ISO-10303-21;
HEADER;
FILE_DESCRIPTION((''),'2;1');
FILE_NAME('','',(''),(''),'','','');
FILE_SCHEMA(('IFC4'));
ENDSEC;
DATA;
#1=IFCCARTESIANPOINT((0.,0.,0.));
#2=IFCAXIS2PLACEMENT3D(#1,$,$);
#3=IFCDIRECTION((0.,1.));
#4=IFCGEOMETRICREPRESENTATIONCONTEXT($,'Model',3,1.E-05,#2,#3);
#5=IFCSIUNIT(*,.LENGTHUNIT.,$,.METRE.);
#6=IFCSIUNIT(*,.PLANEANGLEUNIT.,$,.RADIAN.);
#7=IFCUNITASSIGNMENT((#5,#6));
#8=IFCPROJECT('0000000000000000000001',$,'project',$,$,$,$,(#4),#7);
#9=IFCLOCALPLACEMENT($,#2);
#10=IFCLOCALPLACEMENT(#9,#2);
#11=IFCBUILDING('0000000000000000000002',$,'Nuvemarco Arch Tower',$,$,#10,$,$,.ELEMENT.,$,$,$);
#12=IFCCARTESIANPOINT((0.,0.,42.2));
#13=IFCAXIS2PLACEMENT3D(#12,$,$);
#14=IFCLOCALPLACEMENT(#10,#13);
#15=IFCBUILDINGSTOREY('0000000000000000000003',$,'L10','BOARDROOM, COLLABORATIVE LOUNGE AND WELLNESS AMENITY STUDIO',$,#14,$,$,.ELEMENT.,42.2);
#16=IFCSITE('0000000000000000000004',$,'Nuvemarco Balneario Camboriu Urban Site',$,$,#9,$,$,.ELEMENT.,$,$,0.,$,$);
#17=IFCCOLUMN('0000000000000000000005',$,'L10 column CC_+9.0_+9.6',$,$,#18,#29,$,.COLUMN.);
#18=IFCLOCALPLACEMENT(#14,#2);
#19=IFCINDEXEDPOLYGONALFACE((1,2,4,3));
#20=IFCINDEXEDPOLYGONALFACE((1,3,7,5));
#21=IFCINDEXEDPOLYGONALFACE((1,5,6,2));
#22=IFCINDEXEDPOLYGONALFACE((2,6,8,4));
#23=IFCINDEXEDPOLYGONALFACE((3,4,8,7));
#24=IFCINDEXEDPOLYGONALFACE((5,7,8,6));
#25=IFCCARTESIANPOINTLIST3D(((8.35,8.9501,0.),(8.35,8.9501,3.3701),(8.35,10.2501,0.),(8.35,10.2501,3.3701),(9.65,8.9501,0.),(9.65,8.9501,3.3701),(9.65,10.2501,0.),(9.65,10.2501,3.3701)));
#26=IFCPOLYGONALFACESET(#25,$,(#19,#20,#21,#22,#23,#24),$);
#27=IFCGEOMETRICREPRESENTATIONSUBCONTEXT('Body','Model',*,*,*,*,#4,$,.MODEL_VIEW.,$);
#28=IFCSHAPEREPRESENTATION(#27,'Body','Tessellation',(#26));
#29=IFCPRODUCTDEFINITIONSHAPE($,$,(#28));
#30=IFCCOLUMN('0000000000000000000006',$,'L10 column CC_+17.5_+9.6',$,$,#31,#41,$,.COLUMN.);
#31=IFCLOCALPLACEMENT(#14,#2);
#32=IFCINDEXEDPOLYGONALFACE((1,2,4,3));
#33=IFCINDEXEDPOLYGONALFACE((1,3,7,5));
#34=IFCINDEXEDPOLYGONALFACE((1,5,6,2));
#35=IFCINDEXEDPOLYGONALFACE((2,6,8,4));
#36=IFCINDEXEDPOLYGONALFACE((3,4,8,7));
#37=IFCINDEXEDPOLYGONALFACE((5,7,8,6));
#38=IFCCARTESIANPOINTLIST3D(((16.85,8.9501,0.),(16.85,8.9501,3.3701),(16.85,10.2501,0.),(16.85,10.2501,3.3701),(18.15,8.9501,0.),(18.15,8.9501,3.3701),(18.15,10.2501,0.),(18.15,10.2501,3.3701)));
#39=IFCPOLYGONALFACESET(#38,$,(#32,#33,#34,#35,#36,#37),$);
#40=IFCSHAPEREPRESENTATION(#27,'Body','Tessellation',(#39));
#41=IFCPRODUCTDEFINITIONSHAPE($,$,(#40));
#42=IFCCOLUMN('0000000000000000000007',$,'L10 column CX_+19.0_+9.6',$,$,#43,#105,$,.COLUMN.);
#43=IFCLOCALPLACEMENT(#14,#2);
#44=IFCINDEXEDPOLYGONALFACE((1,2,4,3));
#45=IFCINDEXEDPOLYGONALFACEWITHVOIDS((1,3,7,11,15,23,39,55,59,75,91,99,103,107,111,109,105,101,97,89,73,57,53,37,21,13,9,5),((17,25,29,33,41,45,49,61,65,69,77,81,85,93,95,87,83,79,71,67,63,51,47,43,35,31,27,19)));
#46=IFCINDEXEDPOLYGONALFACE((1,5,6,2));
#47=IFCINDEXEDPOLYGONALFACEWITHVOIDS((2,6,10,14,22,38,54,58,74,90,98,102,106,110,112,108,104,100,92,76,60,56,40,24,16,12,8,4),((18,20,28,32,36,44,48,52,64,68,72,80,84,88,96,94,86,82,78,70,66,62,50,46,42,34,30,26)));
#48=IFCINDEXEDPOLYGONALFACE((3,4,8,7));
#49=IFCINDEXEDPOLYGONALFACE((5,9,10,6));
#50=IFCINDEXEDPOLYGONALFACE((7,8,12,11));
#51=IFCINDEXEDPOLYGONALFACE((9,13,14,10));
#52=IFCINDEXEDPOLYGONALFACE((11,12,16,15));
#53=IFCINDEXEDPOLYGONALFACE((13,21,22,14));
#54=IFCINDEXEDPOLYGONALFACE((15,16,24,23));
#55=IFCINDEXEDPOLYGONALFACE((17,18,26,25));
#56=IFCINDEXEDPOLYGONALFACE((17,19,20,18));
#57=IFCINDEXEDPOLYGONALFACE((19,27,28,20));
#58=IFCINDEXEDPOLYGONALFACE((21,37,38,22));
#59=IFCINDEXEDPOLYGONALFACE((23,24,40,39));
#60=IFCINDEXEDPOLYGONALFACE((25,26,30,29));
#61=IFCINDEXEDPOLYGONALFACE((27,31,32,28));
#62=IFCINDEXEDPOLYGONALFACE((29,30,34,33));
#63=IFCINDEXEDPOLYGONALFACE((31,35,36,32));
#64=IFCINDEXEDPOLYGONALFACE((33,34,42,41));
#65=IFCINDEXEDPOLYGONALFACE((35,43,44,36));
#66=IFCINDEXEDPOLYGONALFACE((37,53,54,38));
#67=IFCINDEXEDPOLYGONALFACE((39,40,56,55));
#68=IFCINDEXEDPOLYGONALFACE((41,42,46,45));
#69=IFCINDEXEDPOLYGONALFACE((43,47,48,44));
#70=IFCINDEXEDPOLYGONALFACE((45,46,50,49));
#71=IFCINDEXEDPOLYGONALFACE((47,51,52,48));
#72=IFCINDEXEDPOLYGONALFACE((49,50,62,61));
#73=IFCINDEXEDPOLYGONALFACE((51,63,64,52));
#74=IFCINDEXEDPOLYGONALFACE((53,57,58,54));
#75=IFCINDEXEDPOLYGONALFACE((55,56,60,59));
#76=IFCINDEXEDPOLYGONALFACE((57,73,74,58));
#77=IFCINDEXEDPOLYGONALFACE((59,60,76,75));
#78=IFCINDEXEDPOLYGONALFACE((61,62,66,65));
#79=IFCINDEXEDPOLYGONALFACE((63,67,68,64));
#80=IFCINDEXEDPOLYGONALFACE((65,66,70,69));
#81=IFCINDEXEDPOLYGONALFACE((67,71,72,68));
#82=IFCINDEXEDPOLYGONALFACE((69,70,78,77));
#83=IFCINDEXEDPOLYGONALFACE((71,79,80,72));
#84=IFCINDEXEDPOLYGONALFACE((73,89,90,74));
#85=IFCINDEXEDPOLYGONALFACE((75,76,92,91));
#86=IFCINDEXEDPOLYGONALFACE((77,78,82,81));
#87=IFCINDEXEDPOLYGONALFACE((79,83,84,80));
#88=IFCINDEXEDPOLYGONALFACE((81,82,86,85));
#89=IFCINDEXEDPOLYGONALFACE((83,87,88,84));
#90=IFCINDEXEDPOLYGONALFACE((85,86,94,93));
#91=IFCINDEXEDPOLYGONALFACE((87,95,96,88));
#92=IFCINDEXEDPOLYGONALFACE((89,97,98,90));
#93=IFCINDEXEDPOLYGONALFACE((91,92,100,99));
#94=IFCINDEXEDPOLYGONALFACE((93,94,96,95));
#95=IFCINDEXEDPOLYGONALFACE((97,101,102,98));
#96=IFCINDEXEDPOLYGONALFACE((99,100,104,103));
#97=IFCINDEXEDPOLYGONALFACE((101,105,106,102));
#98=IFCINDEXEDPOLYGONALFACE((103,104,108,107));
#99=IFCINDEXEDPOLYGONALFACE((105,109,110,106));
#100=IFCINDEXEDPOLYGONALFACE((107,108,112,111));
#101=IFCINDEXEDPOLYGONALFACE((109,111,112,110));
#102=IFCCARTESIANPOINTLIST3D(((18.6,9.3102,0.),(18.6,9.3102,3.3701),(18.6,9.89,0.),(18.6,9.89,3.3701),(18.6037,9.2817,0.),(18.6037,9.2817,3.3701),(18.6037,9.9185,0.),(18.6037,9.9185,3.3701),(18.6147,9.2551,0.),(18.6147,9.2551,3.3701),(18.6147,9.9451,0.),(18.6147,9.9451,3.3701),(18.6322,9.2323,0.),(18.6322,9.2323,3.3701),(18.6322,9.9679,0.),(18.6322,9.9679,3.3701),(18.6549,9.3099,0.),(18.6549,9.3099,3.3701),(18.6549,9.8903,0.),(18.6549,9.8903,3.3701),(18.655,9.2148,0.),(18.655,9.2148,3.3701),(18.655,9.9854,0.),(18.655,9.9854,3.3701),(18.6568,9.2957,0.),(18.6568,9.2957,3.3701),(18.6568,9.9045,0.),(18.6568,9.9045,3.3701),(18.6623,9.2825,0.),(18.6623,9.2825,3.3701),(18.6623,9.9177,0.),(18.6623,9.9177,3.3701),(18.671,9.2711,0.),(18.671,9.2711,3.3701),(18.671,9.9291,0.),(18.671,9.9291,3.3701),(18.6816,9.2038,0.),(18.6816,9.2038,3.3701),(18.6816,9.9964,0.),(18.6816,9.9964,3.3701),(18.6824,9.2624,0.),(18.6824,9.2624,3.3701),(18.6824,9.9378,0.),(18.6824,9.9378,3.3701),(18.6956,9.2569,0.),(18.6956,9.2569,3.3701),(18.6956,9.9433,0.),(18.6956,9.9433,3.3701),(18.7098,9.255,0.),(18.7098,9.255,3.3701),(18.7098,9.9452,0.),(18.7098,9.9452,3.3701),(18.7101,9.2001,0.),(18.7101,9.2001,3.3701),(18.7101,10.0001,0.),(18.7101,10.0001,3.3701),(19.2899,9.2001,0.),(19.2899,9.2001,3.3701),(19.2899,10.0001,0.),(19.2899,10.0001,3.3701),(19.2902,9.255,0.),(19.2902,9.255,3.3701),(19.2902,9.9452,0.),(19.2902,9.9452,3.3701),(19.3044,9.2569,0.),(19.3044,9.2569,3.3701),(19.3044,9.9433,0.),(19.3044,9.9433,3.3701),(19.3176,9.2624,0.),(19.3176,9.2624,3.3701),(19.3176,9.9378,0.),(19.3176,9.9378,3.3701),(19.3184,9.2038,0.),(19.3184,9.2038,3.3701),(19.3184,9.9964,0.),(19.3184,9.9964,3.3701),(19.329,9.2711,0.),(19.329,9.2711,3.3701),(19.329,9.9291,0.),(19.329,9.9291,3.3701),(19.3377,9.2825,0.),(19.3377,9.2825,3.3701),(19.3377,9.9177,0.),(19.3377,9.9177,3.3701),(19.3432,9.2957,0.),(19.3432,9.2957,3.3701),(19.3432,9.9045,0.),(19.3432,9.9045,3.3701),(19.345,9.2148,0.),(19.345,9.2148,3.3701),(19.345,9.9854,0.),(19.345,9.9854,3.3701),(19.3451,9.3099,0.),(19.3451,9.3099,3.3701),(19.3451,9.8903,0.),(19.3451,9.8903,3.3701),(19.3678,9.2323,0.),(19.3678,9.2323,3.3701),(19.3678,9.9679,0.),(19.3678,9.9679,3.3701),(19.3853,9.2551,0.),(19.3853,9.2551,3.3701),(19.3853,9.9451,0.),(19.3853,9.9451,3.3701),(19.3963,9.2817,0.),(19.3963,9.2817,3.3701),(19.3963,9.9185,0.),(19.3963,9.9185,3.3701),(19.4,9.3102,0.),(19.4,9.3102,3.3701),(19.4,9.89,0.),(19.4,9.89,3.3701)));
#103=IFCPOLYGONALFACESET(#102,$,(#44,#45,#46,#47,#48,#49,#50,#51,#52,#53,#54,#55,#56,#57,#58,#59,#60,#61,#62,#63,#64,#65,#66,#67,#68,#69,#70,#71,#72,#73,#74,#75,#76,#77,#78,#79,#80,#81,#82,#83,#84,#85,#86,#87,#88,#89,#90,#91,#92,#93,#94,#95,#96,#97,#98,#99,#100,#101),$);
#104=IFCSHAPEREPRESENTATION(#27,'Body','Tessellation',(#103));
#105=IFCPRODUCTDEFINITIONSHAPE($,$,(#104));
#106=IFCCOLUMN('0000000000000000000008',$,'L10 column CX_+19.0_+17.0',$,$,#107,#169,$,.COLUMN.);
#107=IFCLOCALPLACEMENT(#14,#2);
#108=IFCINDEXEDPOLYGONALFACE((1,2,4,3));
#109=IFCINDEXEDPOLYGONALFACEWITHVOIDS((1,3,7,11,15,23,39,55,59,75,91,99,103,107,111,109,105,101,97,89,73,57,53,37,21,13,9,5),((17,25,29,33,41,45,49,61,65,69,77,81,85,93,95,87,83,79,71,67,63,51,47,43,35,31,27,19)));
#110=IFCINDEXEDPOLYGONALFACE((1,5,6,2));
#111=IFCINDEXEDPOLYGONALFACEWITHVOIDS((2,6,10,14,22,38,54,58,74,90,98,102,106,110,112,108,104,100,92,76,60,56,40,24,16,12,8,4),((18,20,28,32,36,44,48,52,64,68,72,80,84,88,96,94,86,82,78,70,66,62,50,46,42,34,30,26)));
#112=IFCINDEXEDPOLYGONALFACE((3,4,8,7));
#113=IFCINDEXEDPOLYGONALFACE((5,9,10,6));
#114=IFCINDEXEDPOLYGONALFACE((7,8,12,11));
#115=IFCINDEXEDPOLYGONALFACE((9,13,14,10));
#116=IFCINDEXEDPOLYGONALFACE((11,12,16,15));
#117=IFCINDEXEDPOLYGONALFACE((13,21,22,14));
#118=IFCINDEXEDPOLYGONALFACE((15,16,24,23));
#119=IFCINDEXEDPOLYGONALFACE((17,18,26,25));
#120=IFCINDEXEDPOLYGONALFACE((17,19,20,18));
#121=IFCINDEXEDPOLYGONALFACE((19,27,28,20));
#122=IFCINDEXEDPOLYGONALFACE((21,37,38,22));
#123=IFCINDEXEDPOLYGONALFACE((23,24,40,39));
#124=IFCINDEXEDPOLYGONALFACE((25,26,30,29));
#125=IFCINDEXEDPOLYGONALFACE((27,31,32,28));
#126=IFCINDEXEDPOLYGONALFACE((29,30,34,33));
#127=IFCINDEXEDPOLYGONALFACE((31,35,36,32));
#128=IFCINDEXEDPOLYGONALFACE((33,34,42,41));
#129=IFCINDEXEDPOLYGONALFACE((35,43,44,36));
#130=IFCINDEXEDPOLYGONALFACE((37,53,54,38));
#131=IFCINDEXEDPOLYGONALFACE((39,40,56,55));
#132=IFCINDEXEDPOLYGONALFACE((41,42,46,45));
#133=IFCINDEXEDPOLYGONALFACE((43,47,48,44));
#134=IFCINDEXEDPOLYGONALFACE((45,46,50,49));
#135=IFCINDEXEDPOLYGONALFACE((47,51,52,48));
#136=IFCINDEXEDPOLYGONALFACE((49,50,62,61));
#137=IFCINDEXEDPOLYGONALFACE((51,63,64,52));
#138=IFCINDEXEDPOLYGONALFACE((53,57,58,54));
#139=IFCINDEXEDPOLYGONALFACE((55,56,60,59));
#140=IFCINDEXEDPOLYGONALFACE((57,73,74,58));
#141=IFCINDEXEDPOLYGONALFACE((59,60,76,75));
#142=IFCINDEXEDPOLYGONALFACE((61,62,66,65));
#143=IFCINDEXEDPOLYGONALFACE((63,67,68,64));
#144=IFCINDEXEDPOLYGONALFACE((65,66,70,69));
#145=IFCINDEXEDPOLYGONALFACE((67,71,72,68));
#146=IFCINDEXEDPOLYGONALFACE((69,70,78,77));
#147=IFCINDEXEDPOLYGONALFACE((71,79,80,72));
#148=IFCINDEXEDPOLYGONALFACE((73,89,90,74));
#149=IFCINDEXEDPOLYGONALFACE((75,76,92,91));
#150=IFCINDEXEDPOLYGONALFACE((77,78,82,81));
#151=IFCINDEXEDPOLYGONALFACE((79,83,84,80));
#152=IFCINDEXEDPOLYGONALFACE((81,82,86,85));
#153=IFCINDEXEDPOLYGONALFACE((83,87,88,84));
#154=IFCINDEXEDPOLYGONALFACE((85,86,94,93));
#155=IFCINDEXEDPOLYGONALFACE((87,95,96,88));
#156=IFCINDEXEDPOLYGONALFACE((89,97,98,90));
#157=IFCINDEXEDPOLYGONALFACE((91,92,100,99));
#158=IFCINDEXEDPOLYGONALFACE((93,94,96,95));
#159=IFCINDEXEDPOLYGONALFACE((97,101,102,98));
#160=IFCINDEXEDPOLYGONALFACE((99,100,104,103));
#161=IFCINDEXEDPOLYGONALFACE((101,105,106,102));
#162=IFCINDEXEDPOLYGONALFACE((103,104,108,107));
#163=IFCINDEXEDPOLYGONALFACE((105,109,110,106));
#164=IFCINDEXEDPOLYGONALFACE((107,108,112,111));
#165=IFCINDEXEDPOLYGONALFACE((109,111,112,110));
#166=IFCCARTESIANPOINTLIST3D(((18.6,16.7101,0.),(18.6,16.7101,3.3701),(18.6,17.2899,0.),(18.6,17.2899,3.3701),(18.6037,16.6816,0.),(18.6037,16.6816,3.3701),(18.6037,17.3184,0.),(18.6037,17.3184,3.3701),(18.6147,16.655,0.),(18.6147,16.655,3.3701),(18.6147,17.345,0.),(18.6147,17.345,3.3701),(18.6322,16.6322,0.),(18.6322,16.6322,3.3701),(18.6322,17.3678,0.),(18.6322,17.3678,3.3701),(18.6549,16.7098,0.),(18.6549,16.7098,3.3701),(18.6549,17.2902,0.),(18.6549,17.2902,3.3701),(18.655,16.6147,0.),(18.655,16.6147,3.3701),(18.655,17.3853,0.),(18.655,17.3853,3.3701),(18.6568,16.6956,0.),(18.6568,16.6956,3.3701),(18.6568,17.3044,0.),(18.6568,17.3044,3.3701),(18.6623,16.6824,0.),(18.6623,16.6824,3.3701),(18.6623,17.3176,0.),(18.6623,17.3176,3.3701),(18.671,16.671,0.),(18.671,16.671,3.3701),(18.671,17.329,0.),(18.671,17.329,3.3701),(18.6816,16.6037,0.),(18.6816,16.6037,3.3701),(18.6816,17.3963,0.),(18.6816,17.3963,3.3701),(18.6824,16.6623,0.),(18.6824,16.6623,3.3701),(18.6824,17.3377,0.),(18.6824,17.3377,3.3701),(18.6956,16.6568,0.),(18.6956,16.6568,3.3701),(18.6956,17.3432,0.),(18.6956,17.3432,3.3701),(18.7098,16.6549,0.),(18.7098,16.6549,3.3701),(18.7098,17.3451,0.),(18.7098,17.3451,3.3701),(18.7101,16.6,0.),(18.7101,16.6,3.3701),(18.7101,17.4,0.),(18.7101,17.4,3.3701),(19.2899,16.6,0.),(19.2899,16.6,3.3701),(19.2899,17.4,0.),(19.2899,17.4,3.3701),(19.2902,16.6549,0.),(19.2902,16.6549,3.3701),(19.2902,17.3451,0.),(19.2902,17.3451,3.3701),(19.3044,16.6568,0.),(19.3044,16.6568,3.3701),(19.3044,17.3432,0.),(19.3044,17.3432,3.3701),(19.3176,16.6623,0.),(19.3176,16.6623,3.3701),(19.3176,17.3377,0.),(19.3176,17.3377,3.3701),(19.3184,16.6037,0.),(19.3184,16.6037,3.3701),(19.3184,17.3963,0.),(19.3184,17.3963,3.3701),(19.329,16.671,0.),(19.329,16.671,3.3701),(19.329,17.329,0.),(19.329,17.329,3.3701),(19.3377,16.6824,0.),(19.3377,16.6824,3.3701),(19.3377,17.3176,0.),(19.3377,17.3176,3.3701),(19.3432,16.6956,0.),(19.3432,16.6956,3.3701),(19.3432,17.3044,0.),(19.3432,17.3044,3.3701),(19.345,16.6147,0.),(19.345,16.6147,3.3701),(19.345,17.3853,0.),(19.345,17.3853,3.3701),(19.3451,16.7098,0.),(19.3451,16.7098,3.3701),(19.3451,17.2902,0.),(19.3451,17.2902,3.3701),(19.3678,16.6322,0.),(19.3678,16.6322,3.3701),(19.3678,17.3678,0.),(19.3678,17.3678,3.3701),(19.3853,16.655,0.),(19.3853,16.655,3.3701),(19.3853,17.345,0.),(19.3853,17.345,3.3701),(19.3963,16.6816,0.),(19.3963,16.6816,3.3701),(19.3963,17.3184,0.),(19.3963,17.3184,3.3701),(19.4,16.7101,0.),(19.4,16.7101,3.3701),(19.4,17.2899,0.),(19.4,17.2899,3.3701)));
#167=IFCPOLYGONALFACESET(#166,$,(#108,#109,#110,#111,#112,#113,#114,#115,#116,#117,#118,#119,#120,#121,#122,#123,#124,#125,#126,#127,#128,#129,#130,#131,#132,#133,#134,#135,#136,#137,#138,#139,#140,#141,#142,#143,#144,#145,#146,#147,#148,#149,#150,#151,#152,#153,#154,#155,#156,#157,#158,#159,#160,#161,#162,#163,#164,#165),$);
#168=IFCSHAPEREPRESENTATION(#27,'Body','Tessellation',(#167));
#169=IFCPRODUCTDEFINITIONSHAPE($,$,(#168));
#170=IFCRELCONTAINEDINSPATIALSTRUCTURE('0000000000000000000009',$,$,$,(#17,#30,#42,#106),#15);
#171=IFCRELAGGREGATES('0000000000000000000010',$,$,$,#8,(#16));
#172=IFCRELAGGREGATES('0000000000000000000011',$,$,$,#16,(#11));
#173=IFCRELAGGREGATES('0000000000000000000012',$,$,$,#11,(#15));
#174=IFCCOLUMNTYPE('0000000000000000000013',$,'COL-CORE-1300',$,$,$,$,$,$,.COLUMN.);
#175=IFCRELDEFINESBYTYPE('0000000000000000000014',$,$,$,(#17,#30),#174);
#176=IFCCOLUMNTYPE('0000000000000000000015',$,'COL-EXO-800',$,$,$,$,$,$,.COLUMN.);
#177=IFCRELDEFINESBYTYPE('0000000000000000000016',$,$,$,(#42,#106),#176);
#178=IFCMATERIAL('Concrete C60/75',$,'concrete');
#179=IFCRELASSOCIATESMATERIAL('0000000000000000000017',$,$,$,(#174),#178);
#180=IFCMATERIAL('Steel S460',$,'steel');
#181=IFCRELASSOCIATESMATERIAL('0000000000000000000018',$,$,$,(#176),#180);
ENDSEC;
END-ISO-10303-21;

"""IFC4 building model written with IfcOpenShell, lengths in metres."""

from ifc_helpers import new_model, si_unit, direction, frame, origin, origin_2d, place, context, subcontext, project, spatial, rectangle, hollow_rectangle, extrude, material, material_profile, profile_set, type_object, element, save


model = new_model("IFC4")

# Units and contexts
model_context = context("Model", 3, precision=1e-05, world=origin(), true_north=direction((0.0, 1.0)))
body_context = subcontext(model_context, "Body", "Model", "MODEL_VIEW")
ifc_project = project(units=[si_unit("LENGTHUNIT", "METRE"), si_unit("PLANEANGLEUNIT", "RADIAN")], contexts=[model_context])

# Site, building, storey
site_placement = place(None, origin())
site = spatial("IfcSite", under=ifc_project, at=site_placement, Name="Nuvemarco Balneario Camboriu Urban Site", CompositionType="ELEMENT", RefElevation=0.0)
building_placement = place(site_placement, origin())
building = spatial("IfcBuilding", under=site, at=building_placement, Name="Nuvemarco Arch Tower", CompositionType="ELEMENT")
storey_placement = place(building_placement, frame((0.0, 0.0, 42.2)))
storey = spatial("IfcBuildingStorey", under=building, at=storey_placement, Name="L10", Description="BOARDROOM, COLLABORATIVE LOUNGE AND WELLNESS AMENITY STUDIO", CompositionType="ELEMENT", Elevation=42.2)

# Columns
ifc_material_1 = material(Name="Concrete C60/75", Category="concrete")
ifc_material_profile_1 = material_profile(ifc_material_1, rectangle(XDim=1.3, YDim=1.3, at=origin_2d()), Name="RC-COL-1300x1300")
ifc_profile_set_1 = profile_set([ifc_material_profile_1], Name="Concrete C60/75")
column_type_1 = type_object("IfcColumnType", Name="COL-CORE-1300", PredefinedType="COLUMN", material=ifc_profile_set_1)
for number, where, z_axis, x_axis, name in (
    (1, (9.0, 9.6001, 0.0), (0.0, 0.0, 1.0), (1.0, 0.0, 0.0), "L10 column CC_+9.0_+9.6"),
    (2, (17.5, 9.6001, 0.0), (0.0, 0.0, 1.0), (1.0, 0.0, 0.0), "L10 column CC_+17.5_+9.6"),
):
    element("IfcColumn", number, at=place(storey_placement, frame(where, z_axis=z_axis, x_axis=x_axis)), inside=storey, type_object=column_type_1, Name=name, PredefinedType="COLUMN", context=body_context, shape_type="SweptSolid", body=[
        extrude(rectangle(XDim=1.3, YDim=1.3, at=origin_2d()), origin(), (0.0, 0.0, 1.0), 3.3701),
    ])
ifc_material_2 = material(Name="Steel S460", Category="steel")
ifc_material_profile_2 = material_profile(ifc_material_2, hollow_rectangle(XDim=0.8, YDim=0.8, WallThickness=0.0549, InnerFilletRadius=0.0549, OuterFilletRadius=0.1101, at=origin_2d()), Name="SHS800x800x55")
ifc_profile_set_2 = profile_set([ifc_material_profile_2], Name="Steel S460")
column_type_2 = type_object("IfcColumnType", Name="COL-EXO-800", PredefinedType="COLUMN", material=ifc_profile_set_2)
for number, where, z_axis, x_axis, name in (
    (3, (19.0, 9.6001, 0.0), (0.0, 0.0, 1.0), (1.0, 0.0, 0.0), "L10 column CX_+19.0_+9.6"),
    (4, (19.0, 17.0, 0.0), (0.0, 0.0, 1.0), (1.0, 0.0, 0.0), "L10 column CX_+19.0_+17.0"),
):
    element("IfcColumn", number, at=place(storey_placement, frame(where, z_axis=z_axis, x_axis=x_axis)), inside=storey, type_object=column_type_2, Name=name, PredefinedType="COLUMN", context=body_context, shape_type="SweptSolid", body=[
        extrude(hollow_rectangle(XDim=0.8, YDim=0.8, WallThickness=0.0549, InnerFilletRadius=0.0549, OuterFilletRadius=0.1101, at=origin_2d()), origin(), (0.0, 0.0, 1.0), 3.3701),
    ])

save(model, "model.ifc")
